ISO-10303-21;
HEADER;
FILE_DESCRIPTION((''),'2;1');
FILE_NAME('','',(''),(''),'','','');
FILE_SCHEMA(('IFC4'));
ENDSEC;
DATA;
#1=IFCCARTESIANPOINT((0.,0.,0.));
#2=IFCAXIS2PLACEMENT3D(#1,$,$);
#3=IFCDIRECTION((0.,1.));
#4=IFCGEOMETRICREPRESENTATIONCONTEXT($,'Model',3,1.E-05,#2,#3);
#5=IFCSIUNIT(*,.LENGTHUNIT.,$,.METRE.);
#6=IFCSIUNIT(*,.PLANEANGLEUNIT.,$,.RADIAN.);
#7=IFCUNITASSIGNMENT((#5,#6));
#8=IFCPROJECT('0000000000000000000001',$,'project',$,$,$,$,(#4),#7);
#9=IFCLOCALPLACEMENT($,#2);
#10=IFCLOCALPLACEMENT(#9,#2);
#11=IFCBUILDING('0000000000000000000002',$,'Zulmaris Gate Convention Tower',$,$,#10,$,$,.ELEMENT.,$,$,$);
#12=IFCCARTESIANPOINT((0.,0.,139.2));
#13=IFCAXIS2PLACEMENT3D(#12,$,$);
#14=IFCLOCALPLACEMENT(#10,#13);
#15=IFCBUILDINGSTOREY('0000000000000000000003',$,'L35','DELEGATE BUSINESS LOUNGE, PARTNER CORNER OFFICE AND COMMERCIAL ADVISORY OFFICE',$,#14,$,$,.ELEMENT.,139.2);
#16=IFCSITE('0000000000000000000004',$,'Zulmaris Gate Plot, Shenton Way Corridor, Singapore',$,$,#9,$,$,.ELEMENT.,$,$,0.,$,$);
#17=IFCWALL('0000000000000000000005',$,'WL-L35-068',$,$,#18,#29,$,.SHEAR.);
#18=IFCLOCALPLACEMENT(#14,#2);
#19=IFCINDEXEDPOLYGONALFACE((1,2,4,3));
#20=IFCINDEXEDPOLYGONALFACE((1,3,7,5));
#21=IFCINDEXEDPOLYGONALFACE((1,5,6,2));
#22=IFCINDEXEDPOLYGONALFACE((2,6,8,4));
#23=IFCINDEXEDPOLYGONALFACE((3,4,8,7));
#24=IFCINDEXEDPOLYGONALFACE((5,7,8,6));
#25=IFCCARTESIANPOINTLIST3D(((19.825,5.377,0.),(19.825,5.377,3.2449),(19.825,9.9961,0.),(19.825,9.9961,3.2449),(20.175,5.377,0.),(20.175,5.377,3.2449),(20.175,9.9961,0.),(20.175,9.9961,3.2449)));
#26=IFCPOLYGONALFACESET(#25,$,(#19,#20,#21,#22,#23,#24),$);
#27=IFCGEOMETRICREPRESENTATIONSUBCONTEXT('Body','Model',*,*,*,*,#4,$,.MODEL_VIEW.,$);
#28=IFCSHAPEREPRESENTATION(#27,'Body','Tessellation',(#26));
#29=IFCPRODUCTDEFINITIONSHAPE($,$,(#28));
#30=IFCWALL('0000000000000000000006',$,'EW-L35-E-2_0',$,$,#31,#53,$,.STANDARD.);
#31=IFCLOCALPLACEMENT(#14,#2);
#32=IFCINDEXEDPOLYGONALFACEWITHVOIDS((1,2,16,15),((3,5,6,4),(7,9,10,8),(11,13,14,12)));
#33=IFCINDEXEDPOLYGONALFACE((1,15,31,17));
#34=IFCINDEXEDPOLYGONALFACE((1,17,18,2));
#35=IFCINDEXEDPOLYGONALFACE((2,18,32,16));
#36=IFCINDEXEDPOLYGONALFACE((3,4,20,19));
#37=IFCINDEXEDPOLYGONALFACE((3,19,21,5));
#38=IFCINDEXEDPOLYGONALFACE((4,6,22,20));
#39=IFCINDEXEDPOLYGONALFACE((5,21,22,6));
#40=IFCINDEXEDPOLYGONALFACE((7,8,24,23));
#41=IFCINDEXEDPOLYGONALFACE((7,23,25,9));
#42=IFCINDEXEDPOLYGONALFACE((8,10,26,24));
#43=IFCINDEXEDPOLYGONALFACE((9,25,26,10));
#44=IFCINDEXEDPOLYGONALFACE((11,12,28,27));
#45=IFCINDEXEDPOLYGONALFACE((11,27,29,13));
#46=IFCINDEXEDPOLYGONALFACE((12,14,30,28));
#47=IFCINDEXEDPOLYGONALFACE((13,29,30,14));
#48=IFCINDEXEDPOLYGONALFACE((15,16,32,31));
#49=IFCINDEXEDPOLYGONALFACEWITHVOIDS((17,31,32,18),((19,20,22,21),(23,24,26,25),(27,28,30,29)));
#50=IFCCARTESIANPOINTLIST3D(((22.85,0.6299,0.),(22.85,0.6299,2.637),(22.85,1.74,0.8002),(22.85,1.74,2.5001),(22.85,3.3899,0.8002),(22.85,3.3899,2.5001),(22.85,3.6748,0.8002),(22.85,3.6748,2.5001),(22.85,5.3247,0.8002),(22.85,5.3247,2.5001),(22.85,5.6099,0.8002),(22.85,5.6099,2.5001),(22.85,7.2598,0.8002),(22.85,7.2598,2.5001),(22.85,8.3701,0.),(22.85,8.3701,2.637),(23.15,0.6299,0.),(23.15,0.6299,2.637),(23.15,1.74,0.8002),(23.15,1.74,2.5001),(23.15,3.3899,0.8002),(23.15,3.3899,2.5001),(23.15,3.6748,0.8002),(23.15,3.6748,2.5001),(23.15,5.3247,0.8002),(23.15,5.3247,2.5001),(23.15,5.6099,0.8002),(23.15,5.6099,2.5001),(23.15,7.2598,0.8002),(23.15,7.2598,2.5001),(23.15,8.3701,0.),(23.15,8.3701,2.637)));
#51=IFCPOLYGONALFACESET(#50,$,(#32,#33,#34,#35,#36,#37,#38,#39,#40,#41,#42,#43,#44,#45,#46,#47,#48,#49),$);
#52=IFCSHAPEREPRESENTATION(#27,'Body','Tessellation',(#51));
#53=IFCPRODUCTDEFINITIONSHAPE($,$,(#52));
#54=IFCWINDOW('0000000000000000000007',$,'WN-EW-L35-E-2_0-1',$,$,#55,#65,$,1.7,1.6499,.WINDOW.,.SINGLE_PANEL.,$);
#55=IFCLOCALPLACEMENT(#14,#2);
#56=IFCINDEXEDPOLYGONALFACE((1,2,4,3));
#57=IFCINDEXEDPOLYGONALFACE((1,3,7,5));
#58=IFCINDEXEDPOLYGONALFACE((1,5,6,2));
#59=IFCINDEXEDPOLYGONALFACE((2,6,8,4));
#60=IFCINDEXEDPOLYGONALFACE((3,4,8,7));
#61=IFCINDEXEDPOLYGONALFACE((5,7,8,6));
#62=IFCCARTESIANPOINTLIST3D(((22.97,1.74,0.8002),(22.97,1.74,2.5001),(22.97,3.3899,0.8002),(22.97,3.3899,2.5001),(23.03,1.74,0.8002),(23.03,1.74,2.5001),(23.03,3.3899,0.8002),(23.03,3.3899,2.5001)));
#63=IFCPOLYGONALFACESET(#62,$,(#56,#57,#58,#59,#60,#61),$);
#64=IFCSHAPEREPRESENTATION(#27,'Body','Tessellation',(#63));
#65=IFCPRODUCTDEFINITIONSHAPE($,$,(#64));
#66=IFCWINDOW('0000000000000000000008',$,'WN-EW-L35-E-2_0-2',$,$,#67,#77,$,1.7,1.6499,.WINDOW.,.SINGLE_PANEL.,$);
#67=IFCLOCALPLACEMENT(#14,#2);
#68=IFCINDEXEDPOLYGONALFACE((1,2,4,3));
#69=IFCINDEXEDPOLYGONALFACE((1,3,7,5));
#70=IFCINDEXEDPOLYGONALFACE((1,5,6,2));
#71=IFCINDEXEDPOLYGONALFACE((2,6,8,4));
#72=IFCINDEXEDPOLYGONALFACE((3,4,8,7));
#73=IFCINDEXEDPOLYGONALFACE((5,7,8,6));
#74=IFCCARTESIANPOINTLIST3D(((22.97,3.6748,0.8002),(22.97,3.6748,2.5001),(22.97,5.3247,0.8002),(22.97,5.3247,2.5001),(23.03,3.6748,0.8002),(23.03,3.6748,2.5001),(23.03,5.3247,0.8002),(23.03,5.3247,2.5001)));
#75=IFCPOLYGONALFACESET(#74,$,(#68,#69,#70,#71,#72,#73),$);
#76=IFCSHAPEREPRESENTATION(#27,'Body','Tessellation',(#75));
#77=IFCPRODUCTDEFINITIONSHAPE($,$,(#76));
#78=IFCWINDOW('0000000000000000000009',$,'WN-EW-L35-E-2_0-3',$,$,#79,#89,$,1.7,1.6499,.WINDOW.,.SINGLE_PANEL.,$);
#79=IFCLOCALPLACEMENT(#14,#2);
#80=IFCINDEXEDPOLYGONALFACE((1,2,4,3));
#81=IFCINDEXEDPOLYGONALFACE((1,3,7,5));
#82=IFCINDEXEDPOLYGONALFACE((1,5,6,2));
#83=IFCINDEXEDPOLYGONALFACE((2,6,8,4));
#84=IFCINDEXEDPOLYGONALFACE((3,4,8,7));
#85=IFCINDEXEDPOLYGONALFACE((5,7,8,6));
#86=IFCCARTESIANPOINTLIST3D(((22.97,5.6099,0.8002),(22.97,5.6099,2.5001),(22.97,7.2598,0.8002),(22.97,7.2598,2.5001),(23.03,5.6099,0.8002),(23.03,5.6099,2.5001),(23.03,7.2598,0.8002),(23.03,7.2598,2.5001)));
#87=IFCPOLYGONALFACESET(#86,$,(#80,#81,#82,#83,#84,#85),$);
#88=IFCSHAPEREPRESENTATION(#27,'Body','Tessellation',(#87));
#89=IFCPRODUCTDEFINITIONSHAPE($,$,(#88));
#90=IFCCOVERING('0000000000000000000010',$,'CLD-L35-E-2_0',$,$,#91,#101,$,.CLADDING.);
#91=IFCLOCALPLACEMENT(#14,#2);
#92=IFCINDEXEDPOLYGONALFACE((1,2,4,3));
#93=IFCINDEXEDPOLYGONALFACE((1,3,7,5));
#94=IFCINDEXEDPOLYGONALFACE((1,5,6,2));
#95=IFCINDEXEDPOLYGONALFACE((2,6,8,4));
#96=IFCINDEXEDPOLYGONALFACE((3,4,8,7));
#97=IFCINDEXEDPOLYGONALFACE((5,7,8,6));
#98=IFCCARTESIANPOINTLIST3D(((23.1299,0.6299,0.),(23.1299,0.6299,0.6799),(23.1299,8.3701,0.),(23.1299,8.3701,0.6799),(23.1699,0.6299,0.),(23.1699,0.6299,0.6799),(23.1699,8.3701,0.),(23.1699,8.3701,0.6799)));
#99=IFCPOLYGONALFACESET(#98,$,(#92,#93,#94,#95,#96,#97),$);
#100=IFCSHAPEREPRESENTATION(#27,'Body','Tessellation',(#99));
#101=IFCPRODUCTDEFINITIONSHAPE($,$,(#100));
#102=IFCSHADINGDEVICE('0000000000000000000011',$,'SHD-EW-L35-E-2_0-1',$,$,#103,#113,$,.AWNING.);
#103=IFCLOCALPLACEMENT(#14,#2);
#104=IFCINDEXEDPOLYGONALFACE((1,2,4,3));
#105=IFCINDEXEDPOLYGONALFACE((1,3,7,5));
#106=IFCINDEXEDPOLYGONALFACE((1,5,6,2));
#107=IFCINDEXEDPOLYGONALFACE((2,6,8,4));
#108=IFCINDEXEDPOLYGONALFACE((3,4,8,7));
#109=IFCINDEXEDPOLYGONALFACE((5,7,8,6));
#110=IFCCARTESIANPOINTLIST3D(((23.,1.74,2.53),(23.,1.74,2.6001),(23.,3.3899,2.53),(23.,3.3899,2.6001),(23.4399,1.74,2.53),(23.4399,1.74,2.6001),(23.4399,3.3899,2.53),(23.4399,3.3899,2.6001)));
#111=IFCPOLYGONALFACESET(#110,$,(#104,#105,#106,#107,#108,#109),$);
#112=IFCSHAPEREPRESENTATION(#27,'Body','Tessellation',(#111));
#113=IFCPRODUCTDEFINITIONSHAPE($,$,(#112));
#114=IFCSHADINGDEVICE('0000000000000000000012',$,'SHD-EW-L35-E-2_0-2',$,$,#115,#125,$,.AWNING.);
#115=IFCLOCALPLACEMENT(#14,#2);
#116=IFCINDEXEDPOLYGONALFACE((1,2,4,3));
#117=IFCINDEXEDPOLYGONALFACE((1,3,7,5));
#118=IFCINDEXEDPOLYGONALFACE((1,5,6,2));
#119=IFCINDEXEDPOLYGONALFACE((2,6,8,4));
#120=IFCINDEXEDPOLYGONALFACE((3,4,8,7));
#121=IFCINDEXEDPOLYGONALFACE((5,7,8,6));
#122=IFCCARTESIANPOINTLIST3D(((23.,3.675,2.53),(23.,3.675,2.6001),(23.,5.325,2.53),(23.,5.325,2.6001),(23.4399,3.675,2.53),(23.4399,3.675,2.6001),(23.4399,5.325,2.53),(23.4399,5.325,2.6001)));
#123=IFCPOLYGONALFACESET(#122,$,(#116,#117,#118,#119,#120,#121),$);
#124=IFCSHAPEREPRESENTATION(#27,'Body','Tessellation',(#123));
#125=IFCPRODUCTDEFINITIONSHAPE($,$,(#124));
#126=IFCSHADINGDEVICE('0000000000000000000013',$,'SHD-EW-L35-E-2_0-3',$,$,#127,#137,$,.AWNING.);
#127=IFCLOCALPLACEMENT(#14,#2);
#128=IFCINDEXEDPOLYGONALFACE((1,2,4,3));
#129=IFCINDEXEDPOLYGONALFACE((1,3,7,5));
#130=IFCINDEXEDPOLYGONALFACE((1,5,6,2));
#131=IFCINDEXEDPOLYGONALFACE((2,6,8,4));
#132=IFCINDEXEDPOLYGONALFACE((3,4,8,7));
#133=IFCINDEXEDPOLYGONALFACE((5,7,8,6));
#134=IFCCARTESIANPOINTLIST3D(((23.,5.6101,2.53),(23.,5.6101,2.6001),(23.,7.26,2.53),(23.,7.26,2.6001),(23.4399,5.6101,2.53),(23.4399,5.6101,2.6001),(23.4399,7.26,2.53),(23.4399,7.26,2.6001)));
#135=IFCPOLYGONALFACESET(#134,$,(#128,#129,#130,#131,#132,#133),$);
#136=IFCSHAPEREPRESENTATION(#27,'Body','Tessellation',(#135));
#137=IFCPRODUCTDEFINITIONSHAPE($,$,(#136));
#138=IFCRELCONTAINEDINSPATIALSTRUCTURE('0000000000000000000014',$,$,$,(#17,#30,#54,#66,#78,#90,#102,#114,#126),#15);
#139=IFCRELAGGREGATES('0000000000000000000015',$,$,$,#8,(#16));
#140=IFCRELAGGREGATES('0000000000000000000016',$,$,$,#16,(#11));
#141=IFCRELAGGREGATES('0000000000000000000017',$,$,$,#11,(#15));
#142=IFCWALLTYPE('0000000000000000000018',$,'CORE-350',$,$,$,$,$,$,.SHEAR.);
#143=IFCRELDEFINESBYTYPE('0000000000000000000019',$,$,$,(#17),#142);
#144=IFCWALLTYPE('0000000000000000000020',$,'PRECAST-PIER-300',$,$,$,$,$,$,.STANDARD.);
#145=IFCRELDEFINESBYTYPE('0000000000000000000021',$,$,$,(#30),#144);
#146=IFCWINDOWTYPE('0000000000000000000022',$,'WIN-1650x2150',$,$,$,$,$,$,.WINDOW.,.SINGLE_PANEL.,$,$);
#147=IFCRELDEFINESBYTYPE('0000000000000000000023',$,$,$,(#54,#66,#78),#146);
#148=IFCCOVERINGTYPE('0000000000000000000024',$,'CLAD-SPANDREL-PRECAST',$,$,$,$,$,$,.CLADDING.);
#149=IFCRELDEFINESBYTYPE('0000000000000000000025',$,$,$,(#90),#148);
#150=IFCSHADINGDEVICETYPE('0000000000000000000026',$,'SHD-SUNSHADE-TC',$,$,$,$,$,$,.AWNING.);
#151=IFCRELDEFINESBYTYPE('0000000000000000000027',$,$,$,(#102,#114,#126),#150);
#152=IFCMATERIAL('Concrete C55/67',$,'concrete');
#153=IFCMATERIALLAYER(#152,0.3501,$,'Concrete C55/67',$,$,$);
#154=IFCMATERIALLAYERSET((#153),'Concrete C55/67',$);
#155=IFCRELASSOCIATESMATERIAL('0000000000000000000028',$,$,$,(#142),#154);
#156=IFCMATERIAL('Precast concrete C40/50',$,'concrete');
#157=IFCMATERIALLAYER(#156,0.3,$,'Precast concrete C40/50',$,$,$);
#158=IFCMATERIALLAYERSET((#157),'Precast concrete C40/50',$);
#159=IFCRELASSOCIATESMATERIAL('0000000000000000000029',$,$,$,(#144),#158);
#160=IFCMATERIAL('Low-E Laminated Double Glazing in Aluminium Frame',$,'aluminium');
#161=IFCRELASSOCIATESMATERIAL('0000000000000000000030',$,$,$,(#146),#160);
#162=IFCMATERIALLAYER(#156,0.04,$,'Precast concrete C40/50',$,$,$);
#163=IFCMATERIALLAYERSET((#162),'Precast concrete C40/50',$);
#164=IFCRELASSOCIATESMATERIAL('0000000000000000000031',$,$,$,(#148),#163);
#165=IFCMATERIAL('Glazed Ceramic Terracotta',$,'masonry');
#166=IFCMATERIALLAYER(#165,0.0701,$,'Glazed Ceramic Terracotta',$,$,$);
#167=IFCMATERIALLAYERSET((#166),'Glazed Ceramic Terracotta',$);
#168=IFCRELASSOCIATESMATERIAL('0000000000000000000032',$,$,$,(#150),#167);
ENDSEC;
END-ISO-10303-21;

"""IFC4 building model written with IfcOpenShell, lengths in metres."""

from ifc_helpers import new_model, si_unit, direction, frame, frame_2d, origin, place, context, subcontext, project, spatial, rectangle, extrude, material, layer, layer_set, type_object, element, fill, save


model = new_model("IFC4")

# Units and contexts
model_context = context("Model", 3, precision=1e-05, world=origin(), true_north=direction((0.0, 1.0)))
body_context = subcontext(model_context, "Body", "Model", "MODEL_VIEW")
ifc_project = project(units=[si_unit("LENGTHUNIT", "METRE"), si_unit("PLANEANGLEUNIT", "RADIAN")], contexts=[model_context])

# Site, building, storey
site_placement = place(None, origin())
site = spatial("IfcSite", under=ifc_project, at=site_placement, Name="Zulmaris Gate Plot, Shenton Way Corridor, Singapore", CompositionType="ELEMENT", RefElevation=0.0)
building_placement = place(site_placement, origin())
building = spatial("IfcBuilding", under=site, at=building_placement, Name="Zulmaris Gate Convention Tower", CompositionType="ELEMENT")
storey_placement = place(building_placement, frame((0.0, 0.0, 139.2)))
storey = spatial("IfcBuildingStorey", under=building, at=storey_placement, Name="L35", Description="DELEGATE BUSINESS LOUNGE, PARTNER CORNER OFFICE AND COMMERCIAL ADVISORY OFFICE", CompositionType="ELEMENT", Elevation=139.2)

# Wall
ifc_material_1 = material(Name="Concrete C55/67", Category="concrete")
ifc_layer_1 = layer(ifc_material_1, 0.3501, Name="Concrete C55/67")
ifc_layer_set_1 = layer_set([ifc_layer_1], Name="Concrete C55/67")
wall_type_1 = type_object("IfcWallType", Name="CORE-350", PredefinedType="SHEAR", material=ifc_layer_set_1)
wall_1_placement = place(storey_placement, frame((20.0, 5.377, 0.0), z_axis=(0.0, 0.0, 1.0), x_axis=(0.0, 1.0, 0.0)))
element("IfcWall", 1, at=wall_1_placement, inside=storey, type_object=wall_type_1, Name="WL-L35-068", PredefinedType="SHEAR", context=body_context, shape_type="SweptSolid", body=[
    extrude(rectangle(XDim=4.6191, YDim=0.3501, at=frame_2d((2.3096, 0.0))), origin(), (0.0, 0.0, 1.0), 3.2449),
])

# Wall, openings, windows
ifc_material_2 = material(Name="Precast concrete C40/50", Category="concrete")
ifc_layer_2 = layer(ifc_material_2, 0.3, Name="Precast concrete C40/50")
ifc_layer_set_2 = layer_set([ifc_layer_2], Name="Precast concrete C40/50")
wall_type_2 = type_object("IfcWallType", Name="PRECAST-PIER-300", PredefinedType="STANDARD", material=ifc_layer_set_2)
wall_2_placement = place(storey_placement, frame((23.0, 0.6299, 0.0), z_axis=(0.0, 0.0, 1.0), x_axis=(0.0, 1.0, 0.0)))
wall_2 = element("IfcWall", 2, at=wall_2_placement, inside=storey, type_object=wall_type_2, Name="EW-L35-E-2_0", PredefinedType="STANDARD", context=body_context, shape_type="SweptSolid", body=[
    extrude(rectangle(XDim=7.7402, YDim=0.3, at=frame_2d((3.8701, 0.0))), origin(), (0.0, 0.0, 1.0), 2.637),
])
opening_1_placement = place(wall_2_placement, frame((1.1101, 0.0, 0.8)))
opening_1 = element("IfcOpeningElement", 3, at=opening_1_placement, cuts=wall_2, PredefinedType="OPENING", context=body_context, shape_type="SweptSolid", body=[
    extrude(rectangle(XDim=1.6499, YDim=1.7, at=frame_2d((0.825, 0.8501))), frame((0.0, 0.1602, 0.0), z_axis=(0.0, -1.0, 0.0), x_axis=(1.0, 0.0, 0.0)), (0.0, 0.0, 1.0), 0.3201),
])
opening_2_placement = place(wall_2_placement, frame((3.0449, 0.0, 0.8)))
opening_2 = element("IfcOpeningElement", 4, at=opening_2_placement, cuts=wall_2, PredefinedType="OPENING", context=body_context, shape_type="SweptSolid", body=[
    extrude(rectangle(XDim=1.6499, YDim=1.7, at=frame_2d((0.825, 0.8501))), frame((0.0, 0.1602, 0.0), z_axis=(0.0, -1.0, 0.0), x_axis=(1.0, 0.0, 0.0)), (0.0, 0.0, 1.0), 0.3201),
])
opening_3_placement = place(wall_2_placement, frame((4.98, 0.0, 0.8)))
opening_3 = element("IfcOpeningElement", 5, at=opening_3_placement, cuts=wall_2, PredefinedType="OPENING", context=body_context, shape_type="SweptSolid", body=[
    extrude(rectangle(XDim=1.6499, YDim=1.7, at=frame_2d((0.825, 0.8501))), frame((0.0, 0.1602, 0.0), z_axis=(0.0, -1.0, 0.0), x_axis=(1.0, 0.0, 0.0)), (0.0, 0.0, 1.0), 0.3201),
])
ifc_material_3 = material(Name="Low-E Laminated Double Glazing in Aluminium Frame", Category="aluminium")
window_type = type_object("IfcWindowType", Name="WIN-1650x2150", PartitioningType="SINGLE_PANEL", PredefinedType="WINDOW", material=ifc_material_3)
window_1_placement = place(opening_1_placement, origin())
window_1 = element("IfcWindow", 6, at=window_1_placement, inside=storey, type_object=window_type, Name="WN-EW-L35-E-2_0-1", OverallHeight=1.7, OverallWidth=1.6499, PartitioningType="SINGLE_PANEL", PredefinedType="WINDOW", context=body_context, shape_type="SweptSolid", body=[
    extrude(rectangle(XDim=1.6499, YDim=1.7, at=frame_2d((0.825, 0.8501))), frame((0.0, 0.03, 0.0), z_axis=(0.0, -1.0, 0.0), x_axis=(1.0, 0.0, 0.0)), (0.0, 0.0, 1.0), 0.0601),
])
fill(opening_1, window_1)
window_2_placement = place(opening_2_placement, origin())
window_2 = element("IfcWindow", 7, at=window_2_placement, inside=storey, type_object=window_type, Name="WN-EW-L35-E-2_0-2", OverallHeight=1.7, OverallWidth=1.6499, PartitioningType="SINGLE_PANEL", PredefinedType="WINDOW", context=body_context, shape_type="SweptSolid", body=[
    extrude(rectangle(XDim=1.6499, YDim=1.7, at=frame_2d((0.825, 0.8501))), frame((0.0, 0.03, 0.0), z_axis=(0.0, -1.0, 0.0), x_axis=(1.0, 0.0, 0.0)), (0.0, 0.0, 1.0), 0.0601),
])
fill(opening_2, window_2)
window_3_placement = place(opening_3_placement, origin())
window_3 = element("IfcWindow", 8, at=window_3_placement, inside=storey, type_object=window_type, Name="WN-EW-L35-E-2_0-3", OverallHeight=1.7, OverallWidth=1.6499, PartitioningType="SINGLE_PANEL", PredefinedType="WINDOW", context=body_context, shape_type="SweptSolid", body=[
    extrude(rectangle(XDim=1.6499, YDim=1.7, at=frame_2d((0.825, 0.8501))), frame((0.0, 0.03, 0.0), z_axis=(0.0, -1.0, 0.0), x_axis=(1.0, 0.0, 0.0)), (0.0, 0.0, 1.0), 0.0601),
])
fill(opening_3, window_3)

# Covering
ifc_layer_3 = layer(ifc_material_2, 0.04, Name="Precast concrete C40/50")
ifc_layer_set_3 = layer_set([ifc_layer_3], Name="Precast concrete C40/50")
covering_type = type_object("IfcCoveringType", Name="CLAD-SPANDREL-PRECAST", PredefinedType="CLADDING", material=ifc_layer_set_3)
covering_placement = place(storey_placement, frame((23.1499, 0.6299, 0.0), z_axis=(0.0, 0.0, 1.0), x_axis=(0.0, 1.0, 0.0)))
element("IfcCovering", 9, at=covering_placement, inside=storey, type_object=covering_type, Name="CLD-L35-E-2_0", PredefinedType="CLADDING", context=body_context, shape_type="SweptSolid", body=[
    extrude(rectangle(XDim=7.7402, YDim=0.04, at=frame_2d((3.8701, 0.0))), origin(), (0.0, 0.0, 1.0), 0.6799),
])

# Shading devices
ifc_material_4 = material(Name="Glazed Ceramic Terracotta", Category="masonry")
ifc_layer_4 = layer(ifc_material_4, 0.0701, Name="Glazed Ceramic Terracotta")
ifc_layer_set_4 = layer_set([ifc_layer_4], Name="Glazed Ceramic Terracotta")
shading_device_type = type_object("IfcShadingDeviceType", Name="SHD-SUNSHADE-TC", PredefinedType="AWNING", material=ifc_layer_set_4)
for number, where, z_axis, x_axis, name in (
    (10, (23.22, 1.74, 2.53), (0.0, 0.0, 1.0), (0.0, 1.0, 0.0), "SHD-EW-L35-E-2_0-1"),
    (11, (23.22, 3.675, 2.53), (0.0, 0.0, 1.0), (0.0, 1.0, 0.0), "SHD-EW-L35-E-2_0-2"),
    (12, (23.22, 5.6101, 2.53), (0.0, 0.0, 1.0), (0.0, 1.0, 0.0), "SHD-EW-L35-E-2_0-3"),
):
    element("IfcShadingDevice", number, at=place(storey_placement, frame(where, z_axis=z_axis, x_axis=x_axis)), inside=storey, type_object=shading_device_type, Name=name, PredefinedType="AWNING", context=body_context, shape_type="SweptSolid", body=[
        extrude(rectangle(XDim=1.6499, YDim=0.4399, at=frame_2d((0.825, 0.0))), origin(), (0.0, 0.0, 1.0), 0.0701),
    ])

save(model, "model.ifc")
